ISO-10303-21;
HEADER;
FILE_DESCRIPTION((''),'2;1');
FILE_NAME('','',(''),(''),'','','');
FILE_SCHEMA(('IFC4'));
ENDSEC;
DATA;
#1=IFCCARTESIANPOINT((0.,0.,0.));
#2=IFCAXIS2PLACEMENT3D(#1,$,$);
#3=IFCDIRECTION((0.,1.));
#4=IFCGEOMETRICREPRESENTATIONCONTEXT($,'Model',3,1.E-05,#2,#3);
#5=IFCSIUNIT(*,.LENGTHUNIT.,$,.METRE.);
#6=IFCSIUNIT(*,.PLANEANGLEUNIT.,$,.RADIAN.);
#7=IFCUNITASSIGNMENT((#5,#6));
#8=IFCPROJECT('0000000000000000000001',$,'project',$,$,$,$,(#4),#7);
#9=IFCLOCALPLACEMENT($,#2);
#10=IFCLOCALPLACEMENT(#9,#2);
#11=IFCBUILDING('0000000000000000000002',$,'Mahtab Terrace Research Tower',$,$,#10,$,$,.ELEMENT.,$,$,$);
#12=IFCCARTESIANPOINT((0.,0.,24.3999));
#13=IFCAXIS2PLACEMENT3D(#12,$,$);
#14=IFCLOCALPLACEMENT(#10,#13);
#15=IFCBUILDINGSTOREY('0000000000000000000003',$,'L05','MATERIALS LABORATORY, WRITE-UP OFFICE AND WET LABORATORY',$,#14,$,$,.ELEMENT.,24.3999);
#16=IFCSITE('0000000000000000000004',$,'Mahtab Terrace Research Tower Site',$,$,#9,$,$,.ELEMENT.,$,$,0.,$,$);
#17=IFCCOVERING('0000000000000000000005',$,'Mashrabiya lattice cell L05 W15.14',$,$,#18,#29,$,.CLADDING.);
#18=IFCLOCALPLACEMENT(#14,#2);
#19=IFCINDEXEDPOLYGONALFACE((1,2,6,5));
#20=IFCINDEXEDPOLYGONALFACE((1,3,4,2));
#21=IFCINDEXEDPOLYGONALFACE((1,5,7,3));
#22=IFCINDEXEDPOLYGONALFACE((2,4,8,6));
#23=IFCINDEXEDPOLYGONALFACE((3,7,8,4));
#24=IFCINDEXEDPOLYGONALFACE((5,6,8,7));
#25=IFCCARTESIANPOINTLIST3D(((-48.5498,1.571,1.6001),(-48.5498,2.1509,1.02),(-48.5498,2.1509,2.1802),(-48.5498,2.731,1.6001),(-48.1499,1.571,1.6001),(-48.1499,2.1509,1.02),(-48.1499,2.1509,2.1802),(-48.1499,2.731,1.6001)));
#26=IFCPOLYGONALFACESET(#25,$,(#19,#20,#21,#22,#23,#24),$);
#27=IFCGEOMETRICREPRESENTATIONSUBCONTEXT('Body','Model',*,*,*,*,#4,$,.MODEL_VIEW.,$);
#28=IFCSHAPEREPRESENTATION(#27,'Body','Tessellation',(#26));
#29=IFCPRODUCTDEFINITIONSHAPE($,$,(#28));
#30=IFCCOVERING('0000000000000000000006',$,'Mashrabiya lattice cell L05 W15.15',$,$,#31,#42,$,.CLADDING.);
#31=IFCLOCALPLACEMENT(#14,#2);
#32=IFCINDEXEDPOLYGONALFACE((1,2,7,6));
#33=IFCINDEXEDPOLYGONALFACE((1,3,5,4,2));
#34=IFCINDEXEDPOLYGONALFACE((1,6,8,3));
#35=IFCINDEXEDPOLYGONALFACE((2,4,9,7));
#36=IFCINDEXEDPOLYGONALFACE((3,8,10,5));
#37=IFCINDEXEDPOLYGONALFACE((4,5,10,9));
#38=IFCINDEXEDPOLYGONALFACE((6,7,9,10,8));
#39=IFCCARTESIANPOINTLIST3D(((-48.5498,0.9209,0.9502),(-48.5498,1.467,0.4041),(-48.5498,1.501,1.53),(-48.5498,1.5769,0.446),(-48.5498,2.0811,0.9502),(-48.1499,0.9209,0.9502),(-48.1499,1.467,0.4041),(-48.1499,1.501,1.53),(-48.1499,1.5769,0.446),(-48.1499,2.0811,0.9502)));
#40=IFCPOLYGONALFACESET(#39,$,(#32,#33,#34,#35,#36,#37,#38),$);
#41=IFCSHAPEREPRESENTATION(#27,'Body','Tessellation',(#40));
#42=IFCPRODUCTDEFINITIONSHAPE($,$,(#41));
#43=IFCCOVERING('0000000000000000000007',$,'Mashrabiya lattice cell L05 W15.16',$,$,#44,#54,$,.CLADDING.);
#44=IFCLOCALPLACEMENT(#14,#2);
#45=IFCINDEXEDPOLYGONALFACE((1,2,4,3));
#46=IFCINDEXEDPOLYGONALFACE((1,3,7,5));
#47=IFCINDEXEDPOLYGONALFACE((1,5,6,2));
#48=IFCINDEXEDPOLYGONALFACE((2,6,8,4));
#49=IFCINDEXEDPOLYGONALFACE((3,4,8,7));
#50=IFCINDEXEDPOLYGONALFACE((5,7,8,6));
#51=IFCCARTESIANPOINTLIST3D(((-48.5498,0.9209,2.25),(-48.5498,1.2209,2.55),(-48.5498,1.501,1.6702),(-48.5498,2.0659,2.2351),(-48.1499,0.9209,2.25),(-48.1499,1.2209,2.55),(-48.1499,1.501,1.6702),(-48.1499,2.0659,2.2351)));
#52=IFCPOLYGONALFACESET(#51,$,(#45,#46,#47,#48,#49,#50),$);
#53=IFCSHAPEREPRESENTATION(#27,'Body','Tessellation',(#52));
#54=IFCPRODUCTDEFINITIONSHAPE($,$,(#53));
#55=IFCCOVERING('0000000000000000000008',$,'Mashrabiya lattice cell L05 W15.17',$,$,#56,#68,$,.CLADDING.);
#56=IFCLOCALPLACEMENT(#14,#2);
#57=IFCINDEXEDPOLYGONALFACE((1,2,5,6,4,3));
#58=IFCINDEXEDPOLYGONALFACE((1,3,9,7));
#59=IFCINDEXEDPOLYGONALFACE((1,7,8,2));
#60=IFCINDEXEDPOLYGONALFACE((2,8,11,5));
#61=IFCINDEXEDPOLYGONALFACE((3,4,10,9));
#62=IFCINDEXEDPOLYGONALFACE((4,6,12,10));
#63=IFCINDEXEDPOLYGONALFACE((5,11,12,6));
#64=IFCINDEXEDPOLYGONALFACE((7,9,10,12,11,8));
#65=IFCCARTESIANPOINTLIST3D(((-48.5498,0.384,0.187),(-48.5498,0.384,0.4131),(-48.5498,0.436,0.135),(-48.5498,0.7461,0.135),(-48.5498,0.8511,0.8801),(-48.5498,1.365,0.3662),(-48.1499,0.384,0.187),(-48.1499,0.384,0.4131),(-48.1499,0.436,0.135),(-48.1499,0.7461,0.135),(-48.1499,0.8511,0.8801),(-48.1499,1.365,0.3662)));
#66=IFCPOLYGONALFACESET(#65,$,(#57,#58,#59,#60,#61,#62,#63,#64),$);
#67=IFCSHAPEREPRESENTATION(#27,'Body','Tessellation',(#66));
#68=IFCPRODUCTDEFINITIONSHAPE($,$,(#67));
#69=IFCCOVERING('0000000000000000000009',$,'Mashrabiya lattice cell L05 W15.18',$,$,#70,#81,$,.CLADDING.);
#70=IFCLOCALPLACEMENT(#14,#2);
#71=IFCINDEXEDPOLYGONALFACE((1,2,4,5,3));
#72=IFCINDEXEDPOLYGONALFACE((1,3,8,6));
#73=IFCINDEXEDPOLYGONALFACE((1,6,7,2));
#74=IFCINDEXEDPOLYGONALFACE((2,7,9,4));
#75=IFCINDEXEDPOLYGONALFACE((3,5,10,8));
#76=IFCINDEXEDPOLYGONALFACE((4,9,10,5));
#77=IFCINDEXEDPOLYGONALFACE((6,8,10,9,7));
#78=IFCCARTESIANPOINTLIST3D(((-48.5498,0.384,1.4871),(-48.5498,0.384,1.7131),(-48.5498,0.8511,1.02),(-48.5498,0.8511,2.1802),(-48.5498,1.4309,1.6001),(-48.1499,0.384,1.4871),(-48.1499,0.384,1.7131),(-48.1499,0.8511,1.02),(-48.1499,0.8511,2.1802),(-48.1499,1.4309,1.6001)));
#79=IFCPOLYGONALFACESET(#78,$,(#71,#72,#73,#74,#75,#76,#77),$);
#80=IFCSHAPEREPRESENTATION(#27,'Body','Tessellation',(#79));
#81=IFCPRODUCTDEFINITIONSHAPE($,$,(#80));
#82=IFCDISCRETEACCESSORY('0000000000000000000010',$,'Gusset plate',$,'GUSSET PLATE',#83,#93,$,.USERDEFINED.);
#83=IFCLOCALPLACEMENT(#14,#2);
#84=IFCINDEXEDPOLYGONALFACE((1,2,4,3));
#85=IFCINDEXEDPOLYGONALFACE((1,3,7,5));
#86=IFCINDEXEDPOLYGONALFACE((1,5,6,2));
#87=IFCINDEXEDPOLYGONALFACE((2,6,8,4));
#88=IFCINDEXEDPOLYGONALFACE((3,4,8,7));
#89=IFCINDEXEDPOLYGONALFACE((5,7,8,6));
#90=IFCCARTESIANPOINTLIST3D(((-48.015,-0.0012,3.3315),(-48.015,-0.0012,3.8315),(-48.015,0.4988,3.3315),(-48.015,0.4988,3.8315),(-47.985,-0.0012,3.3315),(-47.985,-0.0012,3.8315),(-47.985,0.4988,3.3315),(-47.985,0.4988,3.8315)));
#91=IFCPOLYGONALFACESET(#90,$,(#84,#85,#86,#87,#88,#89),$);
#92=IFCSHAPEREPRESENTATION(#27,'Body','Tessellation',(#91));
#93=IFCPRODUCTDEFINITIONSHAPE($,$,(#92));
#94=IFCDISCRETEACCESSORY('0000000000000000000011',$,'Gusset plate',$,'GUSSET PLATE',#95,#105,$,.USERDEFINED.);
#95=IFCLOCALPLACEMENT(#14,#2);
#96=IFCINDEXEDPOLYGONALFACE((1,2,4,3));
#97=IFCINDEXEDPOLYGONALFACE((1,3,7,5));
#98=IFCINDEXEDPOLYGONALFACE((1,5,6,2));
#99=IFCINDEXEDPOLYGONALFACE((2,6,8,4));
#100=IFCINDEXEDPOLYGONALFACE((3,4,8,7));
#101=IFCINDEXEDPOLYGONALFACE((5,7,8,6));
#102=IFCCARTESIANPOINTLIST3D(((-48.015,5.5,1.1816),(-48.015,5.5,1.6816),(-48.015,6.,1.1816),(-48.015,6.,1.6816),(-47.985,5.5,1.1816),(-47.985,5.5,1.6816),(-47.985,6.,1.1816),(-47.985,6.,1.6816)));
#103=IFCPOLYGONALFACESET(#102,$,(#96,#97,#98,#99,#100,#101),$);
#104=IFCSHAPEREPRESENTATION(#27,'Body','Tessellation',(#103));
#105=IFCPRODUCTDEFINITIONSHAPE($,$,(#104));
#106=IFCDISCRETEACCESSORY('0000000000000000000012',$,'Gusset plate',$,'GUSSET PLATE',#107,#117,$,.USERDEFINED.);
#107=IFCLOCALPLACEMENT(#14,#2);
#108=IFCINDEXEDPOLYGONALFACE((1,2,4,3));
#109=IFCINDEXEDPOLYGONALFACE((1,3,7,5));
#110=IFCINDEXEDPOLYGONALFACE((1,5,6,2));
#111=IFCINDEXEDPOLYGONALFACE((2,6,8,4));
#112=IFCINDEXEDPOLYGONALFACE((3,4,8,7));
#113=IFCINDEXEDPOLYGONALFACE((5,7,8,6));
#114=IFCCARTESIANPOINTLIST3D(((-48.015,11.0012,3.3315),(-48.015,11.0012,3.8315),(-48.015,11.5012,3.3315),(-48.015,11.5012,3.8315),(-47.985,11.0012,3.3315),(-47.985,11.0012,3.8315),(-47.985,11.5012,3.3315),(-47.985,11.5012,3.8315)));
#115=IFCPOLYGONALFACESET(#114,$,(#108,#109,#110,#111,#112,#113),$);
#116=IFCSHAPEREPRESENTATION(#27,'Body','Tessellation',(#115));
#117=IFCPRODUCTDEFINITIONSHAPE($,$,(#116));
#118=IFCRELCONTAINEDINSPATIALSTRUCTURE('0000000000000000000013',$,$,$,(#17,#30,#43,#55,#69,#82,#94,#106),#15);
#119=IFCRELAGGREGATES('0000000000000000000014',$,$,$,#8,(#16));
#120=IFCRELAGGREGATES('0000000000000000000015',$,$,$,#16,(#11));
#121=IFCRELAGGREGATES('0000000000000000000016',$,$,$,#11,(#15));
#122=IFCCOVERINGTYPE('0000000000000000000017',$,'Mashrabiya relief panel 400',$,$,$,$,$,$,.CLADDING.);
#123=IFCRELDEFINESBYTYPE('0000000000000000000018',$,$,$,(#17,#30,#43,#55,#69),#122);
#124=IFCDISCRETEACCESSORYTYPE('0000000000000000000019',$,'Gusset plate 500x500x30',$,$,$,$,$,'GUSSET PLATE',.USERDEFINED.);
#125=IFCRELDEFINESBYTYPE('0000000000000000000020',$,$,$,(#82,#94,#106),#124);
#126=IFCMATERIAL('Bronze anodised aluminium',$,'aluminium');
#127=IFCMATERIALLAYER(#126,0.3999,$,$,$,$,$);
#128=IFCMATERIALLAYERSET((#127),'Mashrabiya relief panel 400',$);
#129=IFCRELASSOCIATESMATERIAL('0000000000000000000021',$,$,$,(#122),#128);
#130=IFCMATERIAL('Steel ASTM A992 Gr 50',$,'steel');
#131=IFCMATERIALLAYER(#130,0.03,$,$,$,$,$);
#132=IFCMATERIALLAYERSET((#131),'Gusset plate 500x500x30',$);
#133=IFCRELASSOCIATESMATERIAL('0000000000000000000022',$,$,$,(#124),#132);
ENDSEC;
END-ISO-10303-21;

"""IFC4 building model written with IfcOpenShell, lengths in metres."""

from ifc_helpers import new_model, si_unit, direction, frame, origin, origin_2d, place, context, subcontext, project, spatial, polyline, rectangle, outline, extrude, material, layer, layer_set, type_object, element, save


model = new_model("IFC4")

# Units and contexts
model_context = context("Model", 3, precision=1e-05, world=origin(), true_north=direction((0.0, 1.0)))
body_context = subcontext(model_context, "Body", "Model", "MODEL_VIEW")
ifc_project = project(units=[si_unit("LENGTHUNIT", "METRE"), si_unit("PLANEANGLEUNIT", "RADIAN")], contexts=[model_context])

# Site, building, storey
site_placement = place(None, origin())
site = spatial("IfcSite", under=ifc_project, at=site_placement, Name="Mahtab Terrace Research Tower Site", CompositionType="ELEMENT", RefElevation=0.0)
building_placement = place(site_placement, origin())
building = spatial("IfcBuilding", under=site, at=building_placement, Name="Mahtab Terrace Research Tower", CompositionType="ELEMENT")
storey_placement = place(building_placement, frame((0.0, 0.0, 24.3999)))
storey = spatial("IfcBuildingStorey", under=building, at=storey_placement, Name="L05", Description="MATERIALS LABORATORY, WRITE-UP OFFICE AND WET LABORATORY", CompositionType="ELEMENT", Elevation=24.3999)

# Shared definitions
ifc_material_1 = material(Name="Steel ASTM A992 Gr 50", Category="steel")

# Coverings
ifc_material_2 = material(Name="Bronze anodised aluminium", Category="aluminium")
ifc_layer_1 = layer(ifc_material_2, 0.3999)
ifc_layer_set_1 = layer_set([ifc_layer_1], Name="Mashrabiya relief panel 400")
covering_type = type_object("IfcCoveringType", Name="Mashrabiya relief panel 400", PredefinedType="CLADDING", material=ifc_layer_set_1)
covering_1_placement = place(storey_placement, frame((-48.1499, 2.1509, 2.1802), z_axis=(1.0, 0.0, 0.0), x_axis=(0.0, -0.706958, -0.707256)))
element("IfcCovering", 1, at=covering_1_placement, inside=storey, type_object=covering_type, Name="Mashrabiya lattice cell L05 W15.14", PredefinedType="CLADDING", context=body_context, shape_type="SweptSolid", body=[
    extrude(outline(polyline([(0.0, 0.0), (0.8202, 0.0), (0.8205, 0.8202), (0.0002, 0.8204), (0.0, 0.0)])), origin(), (0.0, 0.0, -1.0), 0.3999),
])
covering_2_placement = place(storey_placement, frame((-48.1499, 2.0811, 0.9502), z_axis=(1.0, 0.0, 0.0), x_axis=(0.0, -0.707256, 0.706958)))
element("IfcCovering", 2, at=covering_2_placement, inside=storey, type_object=covering_type, Name="Mashrabiya lattice cell L05 W15.15", PredefinedType="CLADDING", context=body_context, shape_type="SweptSolid", body=[
    extrude(outline(polyline([(0.0, 0.0), (0.8202, 0.0), (0.8205, 0.8202), (0.0482, 0.8203), (0.0002, 0.713), (0.0, 0.0)])), origin(), (0.0, 0.0, -1.0), 0.3999),
])
covering_3_placement = place(storey_placement, frame((-48.1499, 0.9209, 2.25), z_axis=(1.0, 0.0, 0.0), x_axis=(0.0, 0.707256, -0.706958)))
element("IfcCovering", 3, at=covering_3_placement, inside=storey, type_object=covering_type, Name="Mashrabiya lattice cell L05 W15.16", PredefinedType="CLADDING", context=body_context, shape_type="SweptSolid", body=[
    extrude(outline(polyline([(0.0, 0.0), (0.8202, 0.0), (0.8203, 0.7989), (0.0001, 0.4243), (0.0, 0.0)])), origin(), (0.0, 0.0, -1.0), 0.3999),
])
covering_4_placement = place(storey_placement, frame((-48.1499, 0.436, 0.135), z_axis=(1.0, 0.0, 0.0), x_axis=(0.0, 1.0, 0.0)))
element("IfcCovering", 4, at=covering_4_placement, inside=storey, type_object=covering_type, Name="Mashrabiya lattice cell L05 W15.17", PredefinedType="CLADDING", context=body_context, shape_type="SweptSolid", body=[
    extrude(outline(polyline([(0.0, 0.0), (0.3101, 0.0), (0.929, 0.2312), (0.415, 0.7451), (-0.052, 0.2781), (-0.052, 0.052), (0.0, 0.0)])), origin(), (0.0, 0.0, -1.0), 0.3999),
])
covering_5_placement = place(storey_placement, frame((-48.1499, 0.8511, 1.02), z_axis=(1.0, 0.0, 0.0), x_axis=(0.0, 0.706958, 0.707256)))
element("IfcCovering", 5, at=covering_5_placement, inside=storey, type_object=covering_type, Name="Mashrabiya lattice cell L05 W15.18", PredefinedType="CLADDING", context=body_context, shape_type="SweptSolid", body=[
    extrude(outline(polyline([(0.0, 0.0), (0.8202, 0.0), (0.8205, 0.8202), (0.16, 0.8203), (0.0001, 0.6605), (0.0, 0.0)])), origin(), (0.0, 0.0, -1.0), 0.3999),
])

# Discrete accessories
ifc_layer_2 = layer(ifc_material_1, 0.03)
ifc_layer_set_2 = layer_set([ifc_layer_2], Name="Gusset plate 500x500x30")
discrete_accessory_type = type_object("IfcDiscreteAccessoryType", Name="Gusset plate 500x500x30", ElementType="GUSSET PLATE", PredefinedType="USERDEFINED", material=ifc_layer_set_2)
for number, where, z_axis, x_axis, name in (
    (6, (-48.0, 0.2488, 3.3315), (0.0, 0.0, 1.0), (0.0, 1.0, 0.0), "Gusset plate"),
    (7, (-48.0, 5.75, 1.1816), (0.0, 0.0, 1.0), (0.0, 1.0, 0.0), "Gusset plate"),
    (8, (-48.0, 11.2512, 3.3315), (0.0, 0.0, 1.0), (0.0, 1.0, 0.0), "Gusset plate"),
):
    element("IfcDiscreteAccessory", number, at=place(storey_placement, frame(where, z_axis=z_axis, x_axis=x_axis)), inside=storey, type_object=discrete_accessory_type, Name=name, ObjectType="GUSSET PLATE", PredefinedType="USERDEFINED", context=body_context, shape_type="SweptSolid", body=[
        extrude(rectangle(XDim=0.5, YDim=0.03, at=origin_2d()), origin(), (0.0, 0.0, 1.0), 0.5),
    ])

save(model, "model.ifc")
